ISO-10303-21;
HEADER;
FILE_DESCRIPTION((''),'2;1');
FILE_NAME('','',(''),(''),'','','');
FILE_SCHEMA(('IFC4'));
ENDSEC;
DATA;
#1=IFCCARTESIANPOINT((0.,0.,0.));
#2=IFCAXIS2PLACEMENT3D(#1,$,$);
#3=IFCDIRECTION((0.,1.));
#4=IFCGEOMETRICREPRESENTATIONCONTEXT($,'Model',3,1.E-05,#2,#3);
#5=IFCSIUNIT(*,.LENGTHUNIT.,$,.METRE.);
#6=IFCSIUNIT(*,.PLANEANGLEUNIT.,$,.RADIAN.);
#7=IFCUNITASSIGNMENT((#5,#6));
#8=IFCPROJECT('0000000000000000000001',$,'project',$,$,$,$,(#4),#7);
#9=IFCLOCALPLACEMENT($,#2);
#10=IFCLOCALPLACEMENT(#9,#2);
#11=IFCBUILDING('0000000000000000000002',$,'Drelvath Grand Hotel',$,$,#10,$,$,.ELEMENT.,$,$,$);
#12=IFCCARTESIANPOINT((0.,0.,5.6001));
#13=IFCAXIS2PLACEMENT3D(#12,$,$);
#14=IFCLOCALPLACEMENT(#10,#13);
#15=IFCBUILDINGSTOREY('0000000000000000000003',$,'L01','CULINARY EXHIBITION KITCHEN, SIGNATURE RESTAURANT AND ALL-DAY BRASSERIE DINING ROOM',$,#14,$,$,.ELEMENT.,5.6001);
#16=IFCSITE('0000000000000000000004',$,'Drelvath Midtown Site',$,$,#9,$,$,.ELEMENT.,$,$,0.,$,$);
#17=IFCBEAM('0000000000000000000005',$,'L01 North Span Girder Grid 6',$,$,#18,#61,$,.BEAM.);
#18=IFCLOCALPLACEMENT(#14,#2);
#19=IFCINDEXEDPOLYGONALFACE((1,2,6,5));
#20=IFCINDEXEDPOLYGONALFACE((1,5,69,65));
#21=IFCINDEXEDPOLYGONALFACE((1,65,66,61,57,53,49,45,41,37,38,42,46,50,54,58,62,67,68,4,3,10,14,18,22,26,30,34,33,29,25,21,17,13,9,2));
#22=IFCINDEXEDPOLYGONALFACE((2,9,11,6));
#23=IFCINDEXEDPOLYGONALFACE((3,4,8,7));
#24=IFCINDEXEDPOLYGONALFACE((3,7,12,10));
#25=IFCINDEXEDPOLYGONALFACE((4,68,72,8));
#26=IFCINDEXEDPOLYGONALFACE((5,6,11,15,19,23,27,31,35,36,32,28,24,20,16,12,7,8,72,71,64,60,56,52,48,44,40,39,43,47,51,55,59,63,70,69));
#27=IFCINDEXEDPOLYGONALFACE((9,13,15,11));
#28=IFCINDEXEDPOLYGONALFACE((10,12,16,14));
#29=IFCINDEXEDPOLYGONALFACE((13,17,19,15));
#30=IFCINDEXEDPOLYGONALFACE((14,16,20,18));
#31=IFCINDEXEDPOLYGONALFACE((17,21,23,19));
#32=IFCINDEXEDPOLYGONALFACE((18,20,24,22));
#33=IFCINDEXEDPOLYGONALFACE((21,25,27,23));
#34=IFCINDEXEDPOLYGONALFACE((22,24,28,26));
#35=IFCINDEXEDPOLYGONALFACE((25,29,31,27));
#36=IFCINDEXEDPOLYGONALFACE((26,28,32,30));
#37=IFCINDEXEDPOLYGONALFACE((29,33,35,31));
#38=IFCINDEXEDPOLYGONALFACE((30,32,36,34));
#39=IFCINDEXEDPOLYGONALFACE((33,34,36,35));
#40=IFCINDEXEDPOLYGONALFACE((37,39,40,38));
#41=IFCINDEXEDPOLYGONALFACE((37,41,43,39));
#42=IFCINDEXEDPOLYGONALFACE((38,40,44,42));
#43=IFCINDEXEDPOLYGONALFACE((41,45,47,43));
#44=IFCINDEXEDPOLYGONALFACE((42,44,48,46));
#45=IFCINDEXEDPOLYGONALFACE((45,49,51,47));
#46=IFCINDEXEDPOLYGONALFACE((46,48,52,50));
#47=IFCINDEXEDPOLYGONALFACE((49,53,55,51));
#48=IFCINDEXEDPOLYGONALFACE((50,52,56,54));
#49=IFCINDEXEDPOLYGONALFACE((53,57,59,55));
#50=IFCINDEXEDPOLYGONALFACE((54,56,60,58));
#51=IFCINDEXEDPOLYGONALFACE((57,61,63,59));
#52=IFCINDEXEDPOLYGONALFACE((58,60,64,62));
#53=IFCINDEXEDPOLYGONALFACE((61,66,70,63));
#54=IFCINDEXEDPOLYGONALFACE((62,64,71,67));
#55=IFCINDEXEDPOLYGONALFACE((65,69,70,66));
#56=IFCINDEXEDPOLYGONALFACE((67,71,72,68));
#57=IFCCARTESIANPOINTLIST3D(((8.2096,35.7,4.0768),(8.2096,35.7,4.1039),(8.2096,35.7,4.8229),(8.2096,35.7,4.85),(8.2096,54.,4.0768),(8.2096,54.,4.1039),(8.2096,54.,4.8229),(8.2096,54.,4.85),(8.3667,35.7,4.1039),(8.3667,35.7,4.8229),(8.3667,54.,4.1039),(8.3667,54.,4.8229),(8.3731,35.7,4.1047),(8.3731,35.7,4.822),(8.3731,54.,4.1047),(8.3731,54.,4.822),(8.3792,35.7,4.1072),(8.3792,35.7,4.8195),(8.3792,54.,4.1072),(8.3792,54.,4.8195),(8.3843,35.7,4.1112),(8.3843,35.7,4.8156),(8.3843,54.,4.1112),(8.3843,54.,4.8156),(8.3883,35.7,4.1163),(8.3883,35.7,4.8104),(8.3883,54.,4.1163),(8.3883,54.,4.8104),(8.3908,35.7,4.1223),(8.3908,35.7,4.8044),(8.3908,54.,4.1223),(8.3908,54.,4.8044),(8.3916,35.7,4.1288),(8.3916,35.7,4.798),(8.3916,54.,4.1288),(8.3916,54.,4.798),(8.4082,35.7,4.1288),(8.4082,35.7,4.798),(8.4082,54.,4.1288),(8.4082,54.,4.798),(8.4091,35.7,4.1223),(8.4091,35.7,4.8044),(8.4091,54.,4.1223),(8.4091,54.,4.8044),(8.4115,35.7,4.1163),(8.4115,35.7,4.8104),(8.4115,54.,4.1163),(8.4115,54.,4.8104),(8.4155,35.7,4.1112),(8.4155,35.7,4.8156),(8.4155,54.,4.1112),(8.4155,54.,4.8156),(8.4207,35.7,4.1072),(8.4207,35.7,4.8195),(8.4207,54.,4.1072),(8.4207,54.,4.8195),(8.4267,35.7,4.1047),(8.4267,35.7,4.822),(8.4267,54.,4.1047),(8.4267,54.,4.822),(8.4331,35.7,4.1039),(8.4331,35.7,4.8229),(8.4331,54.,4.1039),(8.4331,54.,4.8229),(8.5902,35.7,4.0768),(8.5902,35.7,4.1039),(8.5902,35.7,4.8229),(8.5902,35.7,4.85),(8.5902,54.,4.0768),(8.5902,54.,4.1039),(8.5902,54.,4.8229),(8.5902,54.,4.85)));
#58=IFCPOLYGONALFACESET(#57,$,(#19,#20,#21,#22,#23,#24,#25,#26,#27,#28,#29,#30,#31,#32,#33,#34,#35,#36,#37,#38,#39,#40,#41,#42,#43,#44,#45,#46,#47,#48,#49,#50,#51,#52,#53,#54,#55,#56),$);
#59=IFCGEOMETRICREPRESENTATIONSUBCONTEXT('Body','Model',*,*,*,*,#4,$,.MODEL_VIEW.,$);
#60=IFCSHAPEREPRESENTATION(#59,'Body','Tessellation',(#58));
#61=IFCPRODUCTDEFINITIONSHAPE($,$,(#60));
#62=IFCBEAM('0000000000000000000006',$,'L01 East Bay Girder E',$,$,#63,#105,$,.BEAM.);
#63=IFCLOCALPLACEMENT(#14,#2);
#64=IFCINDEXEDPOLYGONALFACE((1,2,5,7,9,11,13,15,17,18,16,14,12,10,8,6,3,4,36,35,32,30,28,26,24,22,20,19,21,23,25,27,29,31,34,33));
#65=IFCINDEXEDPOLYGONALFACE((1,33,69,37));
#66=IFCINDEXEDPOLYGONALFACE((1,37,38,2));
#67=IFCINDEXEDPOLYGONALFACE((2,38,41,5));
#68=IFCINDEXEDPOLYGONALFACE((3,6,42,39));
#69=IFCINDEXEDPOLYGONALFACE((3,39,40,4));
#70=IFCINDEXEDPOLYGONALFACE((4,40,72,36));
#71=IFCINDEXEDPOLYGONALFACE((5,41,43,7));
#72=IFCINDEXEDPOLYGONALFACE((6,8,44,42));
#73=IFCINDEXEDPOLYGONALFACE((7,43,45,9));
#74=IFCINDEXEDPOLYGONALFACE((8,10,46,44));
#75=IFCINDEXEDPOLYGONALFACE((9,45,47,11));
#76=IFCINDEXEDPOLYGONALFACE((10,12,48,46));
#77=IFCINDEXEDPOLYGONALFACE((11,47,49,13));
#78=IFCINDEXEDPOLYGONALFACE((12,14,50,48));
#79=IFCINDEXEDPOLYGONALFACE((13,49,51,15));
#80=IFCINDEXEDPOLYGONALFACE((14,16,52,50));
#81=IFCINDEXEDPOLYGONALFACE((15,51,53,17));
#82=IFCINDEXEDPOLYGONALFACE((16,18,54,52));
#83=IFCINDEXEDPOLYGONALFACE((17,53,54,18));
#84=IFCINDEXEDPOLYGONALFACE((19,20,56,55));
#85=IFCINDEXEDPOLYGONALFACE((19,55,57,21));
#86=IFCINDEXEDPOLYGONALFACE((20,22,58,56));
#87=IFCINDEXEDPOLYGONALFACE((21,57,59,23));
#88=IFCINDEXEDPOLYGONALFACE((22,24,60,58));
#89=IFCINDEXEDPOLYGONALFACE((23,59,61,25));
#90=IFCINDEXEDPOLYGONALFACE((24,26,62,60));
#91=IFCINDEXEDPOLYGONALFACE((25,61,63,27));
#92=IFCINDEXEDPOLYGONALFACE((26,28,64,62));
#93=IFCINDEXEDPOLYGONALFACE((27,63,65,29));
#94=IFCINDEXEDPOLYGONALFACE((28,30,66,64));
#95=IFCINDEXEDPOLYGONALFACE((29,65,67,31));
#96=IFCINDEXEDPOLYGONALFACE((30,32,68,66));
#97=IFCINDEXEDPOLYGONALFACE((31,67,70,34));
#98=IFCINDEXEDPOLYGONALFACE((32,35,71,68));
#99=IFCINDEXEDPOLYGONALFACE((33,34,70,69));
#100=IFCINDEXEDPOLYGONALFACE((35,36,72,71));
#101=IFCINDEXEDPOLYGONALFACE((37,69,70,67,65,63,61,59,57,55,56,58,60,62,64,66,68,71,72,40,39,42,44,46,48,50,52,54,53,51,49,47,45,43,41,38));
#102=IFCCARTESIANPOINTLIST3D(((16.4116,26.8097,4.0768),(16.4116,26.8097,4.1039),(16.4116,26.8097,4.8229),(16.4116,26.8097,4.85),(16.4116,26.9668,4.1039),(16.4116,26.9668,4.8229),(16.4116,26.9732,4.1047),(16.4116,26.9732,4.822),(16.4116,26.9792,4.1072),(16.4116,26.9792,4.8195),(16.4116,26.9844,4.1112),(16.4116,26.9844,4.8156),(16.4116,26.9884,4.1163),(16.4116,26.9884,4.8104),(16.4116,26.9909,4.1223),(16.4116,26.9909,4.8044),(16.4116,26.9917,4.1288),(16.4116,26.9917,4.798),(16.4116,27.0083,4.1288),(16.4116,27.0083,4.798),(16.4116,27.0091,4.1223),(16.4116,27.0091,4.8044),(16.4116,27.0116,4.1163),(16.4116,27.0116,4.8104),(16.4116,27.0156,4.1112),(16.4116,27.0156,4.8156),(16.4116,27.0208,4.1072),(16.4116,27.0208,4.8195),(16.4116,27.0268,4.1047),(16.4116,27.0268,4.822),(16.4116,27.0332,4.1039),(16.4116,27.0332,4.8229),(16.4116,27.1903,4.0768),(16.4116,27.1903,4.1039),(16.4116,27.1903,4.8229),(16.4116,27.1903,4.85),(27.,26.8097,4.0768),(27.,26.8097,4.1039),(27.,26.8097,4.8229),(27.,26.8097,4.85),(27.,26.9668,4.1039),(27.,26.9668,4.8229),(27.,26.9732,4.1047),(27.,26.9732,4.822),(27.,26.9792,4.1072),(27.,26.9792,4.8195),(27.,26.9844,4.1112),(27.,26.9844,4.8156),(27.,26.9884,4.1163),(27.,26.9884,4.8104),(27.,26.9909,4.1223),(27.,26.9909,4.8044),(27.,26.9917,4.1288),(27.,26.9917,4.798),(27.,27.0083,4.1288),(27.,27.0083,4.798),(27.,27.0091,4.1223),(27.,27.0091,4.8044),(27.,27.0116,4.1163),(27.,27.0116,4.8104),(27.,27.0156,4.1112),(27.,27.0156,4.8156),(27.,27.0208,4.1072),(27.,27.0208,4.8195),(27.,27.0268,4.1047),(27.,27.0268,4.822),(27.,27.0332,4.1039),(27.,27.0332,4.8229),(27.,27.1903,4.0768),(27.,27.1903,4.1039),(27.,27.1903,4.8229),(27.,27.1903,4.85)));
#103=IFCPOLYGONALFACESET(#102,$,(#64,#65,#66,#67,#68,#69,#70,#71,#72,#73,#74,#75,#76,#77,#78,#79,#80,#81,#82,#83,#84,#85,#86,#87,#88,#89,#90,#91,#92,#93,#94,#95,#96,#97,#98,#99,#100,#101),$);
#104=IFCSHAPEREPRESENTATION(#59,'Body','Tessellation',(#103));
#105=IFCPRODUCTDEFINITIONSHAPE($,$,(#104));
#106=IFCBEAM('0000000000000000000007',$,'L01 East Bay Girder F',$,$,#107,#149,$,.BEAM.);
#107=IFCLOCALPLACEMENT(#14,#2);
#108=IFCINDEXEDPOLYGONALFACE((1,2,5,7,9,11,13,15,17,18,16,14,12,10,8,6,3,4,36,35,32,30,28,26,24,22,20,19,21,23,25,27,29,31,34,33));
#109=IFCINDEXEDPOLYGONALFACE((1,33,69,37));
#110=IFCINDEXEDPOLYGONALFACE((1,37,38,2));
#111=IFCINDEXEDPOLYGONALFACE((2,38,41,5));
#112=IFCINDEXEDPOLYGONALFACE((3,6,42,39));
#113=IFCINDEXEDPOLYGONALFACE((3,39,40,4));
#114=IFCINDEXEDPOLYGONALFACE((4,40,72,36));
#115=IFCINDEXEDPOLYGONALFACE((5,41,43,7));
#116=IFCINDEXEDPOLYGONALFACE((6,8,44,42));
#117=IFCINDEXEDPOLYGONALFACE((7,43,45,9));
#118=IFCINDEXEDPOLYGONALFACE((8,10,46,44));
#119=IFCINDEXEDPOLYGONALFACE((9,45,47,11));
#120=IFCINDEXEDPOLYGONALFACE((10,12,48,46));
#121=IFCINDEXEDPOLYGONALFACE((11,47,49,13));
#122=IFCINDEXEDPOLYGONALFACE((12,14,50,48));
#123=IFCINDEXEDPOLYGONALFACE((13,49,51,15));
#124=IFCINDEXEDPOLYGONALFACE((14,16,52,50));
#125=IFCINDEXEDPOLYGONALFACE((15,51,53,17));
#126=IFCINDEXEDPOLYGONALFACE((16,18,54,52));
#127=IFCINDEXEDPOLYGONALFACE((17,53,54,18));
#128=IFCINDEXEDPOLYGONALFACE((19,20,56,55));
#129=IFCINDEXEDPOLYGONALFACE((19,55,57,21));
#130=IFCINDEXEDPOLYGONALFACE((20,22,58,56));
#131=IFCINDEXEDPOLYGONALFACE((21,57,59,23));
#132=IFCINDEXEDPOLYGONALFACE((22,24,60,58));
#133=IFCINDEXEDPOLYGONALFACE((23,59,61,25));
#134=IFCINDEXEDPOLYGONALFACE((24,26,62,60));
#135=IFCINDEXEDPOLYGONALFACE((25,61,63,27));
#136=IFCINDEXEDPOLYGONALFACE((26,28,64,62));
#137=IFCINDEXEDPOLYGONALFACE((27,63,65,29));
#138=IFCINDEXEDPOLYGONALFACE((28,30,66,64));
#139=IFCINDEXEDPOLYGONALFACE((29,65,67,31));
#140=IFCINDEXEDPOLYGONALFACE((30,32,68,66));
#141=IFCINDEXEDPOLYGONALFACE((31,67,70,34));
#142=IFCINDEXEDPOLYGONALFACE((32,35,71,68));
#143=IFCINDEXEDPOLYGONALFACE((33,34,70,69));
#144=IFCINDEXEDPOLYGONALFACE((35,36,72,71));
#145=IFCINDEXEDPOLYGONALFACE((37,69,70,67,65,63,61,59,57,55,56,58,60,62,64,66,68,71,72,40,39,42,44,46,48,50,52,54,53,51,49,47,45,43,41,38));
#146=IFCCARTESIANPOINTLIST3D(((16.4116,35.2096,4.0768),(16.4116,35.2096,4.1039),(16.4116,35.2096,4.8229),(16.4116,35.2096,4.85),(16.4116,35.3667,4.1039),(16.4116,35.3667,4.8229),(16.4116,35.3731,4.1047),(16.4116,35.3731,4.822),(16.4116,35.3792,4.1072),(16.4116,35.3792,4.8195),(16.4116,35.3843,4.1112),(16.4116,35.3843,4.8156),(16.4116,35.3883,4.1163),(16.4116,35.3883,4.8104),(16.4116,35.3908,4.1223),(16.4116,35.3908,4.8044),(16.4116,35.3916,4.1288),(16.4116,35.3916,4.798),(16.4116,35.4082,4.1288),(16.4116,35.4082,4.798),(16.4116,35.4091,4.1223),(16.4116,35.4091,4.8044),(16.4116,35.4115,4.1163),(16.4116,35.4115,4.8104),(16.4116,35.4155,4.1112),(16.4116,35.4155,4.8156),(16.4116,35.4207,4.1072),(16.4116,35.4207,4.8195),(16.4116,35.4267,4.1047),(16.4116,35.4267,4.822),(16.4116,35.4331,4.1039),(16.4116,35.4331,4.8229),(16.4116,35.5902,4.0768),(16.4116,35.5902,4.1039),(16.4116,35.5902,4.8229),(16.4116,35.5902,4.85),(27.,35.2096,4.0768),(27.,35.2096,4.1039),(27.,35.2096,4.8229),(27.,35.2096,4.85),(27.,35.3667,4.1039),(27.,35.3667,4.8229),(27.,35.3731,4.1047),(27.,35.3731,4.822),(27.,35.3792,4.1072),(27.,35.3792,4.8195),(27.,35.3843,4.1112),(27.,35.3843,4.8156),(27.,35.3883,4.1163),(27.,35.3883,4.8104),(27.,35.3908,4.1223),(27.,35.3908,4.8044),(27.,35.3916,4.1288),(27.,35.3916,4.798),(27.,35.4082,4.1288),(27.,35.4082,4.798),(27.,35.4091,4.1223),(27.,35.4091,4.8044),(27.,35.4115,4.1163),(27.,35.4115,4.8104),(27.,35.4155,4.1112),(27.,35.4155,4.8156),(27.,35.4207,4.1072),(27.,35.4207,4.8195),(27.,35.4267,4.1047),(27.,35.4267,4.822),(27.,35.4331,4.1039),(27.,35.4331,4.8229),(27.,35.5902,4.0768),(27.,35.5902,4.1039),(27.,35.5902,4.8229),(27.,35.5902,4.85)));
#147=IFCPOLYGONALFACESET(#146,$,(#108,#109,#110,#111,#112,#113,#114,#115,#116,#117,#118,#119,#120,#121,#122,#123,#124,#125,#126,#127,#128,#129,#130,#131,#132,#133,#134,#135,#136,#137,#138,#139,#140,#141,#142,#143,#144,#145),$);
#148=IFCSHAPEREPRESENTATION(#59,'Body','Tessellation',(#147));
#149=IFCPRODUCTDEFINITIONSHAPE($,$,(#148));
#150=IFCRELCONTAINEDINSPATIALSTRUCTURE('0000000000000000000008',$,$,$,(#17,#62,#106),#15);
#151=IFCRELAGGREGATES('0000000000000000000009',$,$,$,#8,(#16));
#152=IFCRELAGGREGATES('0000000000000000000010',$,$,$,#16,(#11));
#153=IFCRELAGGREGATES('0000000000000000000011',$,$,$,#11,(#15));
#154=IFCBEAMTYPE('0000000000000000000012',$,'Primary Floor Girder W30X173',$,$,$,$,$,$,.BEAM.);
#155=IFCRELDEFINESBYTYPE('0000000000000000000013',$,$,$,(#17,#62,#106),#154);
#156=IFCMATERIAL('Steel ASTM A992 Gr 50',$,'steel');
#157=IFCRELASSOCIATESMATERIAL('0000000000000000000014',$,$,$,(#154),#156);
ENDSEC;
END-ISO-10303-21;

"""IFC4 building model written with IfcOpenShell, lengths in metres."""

from ifc_helpers import new_model, si_unit, direction, frame, origin, origin_2d, place, context, subcontext, project, spatial, i_section, extrude, material, material_profile, profile_set, type_object, element, save


model = new_model("IFC4")

# Units and contexts
model_context = context("Model", 3, precision=1e-05, world=origin(), true_north=direction((0.0, 1.0)))
body_context = subcontext(model_context, "Body", "Model", "MODEL_VIEW")
ifc_project = project(units=[si_unit("LENGTHUNIT", "METRE"), si_unit("PLANEANGLEUNIT", "RADIAN")], contexts=[model_context])

# Site, building, storey
site_placement = place(None, origin())
site = spatial("IfcSite", under=ifc_project, at=site_placement, Name="Drelvath Midtown Site", CompositionType="ELEMENT", RefElevation=0.0)
building_placement = place(site_placement, origin())
building = spatial("IfcBuilding", under=site, at=building_placement, Name="Drelvath Grand Hotel", CompositionType="ELEMENT")
storey_placement = place(building_placement, frame((0.0, 0.0, 5.6001)))
storey = spatial("IfcBuildingStorey", under=building, at=storey_placement, Name="L01", Description="CULINARY EXHIBITION KITCHEN, SIGNATURE RESTAURANT AND ALL-DAY BRASSERIE DINING ROOM", CompositionType="ELEMENT", Elevation=5.6001)

# Beams
ifc_material_1 = material(Name="Steel ASTM A992 Gr 50", Category="steel")
ifc_material_profile_1 = material_profile(ifc_material_1, i_section(OverallWidth=0.3806, OverallDepth=0.7732, WebThickness=0.0166, FlangeThickness=0.0271, FilletRadius=0.0249, at=origin_2d()), Name="W30X173")
ifc_profile_set_1 = profile_set([ifc_material_profile_1], Name="Steel ASTM A992 Gr 50")
beam_type_1 = type_object("IfcBeamType", Name="Primary Floor Girder W30X173", PredefinedType="BEAM", material=ifc_profile_set_1)
beam_1_placement = place(storey_placement, frame((8.3999, 35.7, 4.4634), z_axis=(0.0, 1.0, 0.0), x_axis=(-1.0, 0.0, 0.0)))
element("IfcBeam", 1, at=beam_1_placement, inside=storey, type_object=beam_type_1, Name="L01 North Span Girder Grid 6", PredefinedType="BEAM", context=body_context, shape_type="SweptSolid", body=[
    extrude(i_section(OverallWidth=0.3806, OverallDepth=0.7732, WebThickness=0.0166, FlangeThickness=0.0271, FilletRadius=0.0249, at=origin_2d()), origin(), (0.0, 0.0, 1.0), 18.3),
])
for number, where, z_axis, x_axis, name in (
    (2, (16.4116, 27.0, 4.4634), (1.0, 0.0, 0.0), (0.0, 1.0, 0.0), "L01 East Bay Girder E"),
    (3, (16.4116, 35.3999, 4.4634), (1.0, 0.0, 0.0), (0.0, 1.0, 0.0), "L01 East Bay Girder F"),
):
    element("IfcBeam", number, at=place(storey_placement, frame(where, z_axis=z_axis, x_axis=x_axis)), inside=storey, type_object=beam_type_1, Name=name, PredefinedType="BEAM", context=body_context, shape_type="SweptSolid", body=[
        extrude(i_section(OverallWidth=0.3806, OverallDepth=0.7732, WebThickness=0.0166, FlangeThickness=0.0271, FilletRadius=0.0249, at=origin_2d()), origin(), (0.0, 0.0, 1.0), 10.5884),
    ])

save(model, "model.ifc")
